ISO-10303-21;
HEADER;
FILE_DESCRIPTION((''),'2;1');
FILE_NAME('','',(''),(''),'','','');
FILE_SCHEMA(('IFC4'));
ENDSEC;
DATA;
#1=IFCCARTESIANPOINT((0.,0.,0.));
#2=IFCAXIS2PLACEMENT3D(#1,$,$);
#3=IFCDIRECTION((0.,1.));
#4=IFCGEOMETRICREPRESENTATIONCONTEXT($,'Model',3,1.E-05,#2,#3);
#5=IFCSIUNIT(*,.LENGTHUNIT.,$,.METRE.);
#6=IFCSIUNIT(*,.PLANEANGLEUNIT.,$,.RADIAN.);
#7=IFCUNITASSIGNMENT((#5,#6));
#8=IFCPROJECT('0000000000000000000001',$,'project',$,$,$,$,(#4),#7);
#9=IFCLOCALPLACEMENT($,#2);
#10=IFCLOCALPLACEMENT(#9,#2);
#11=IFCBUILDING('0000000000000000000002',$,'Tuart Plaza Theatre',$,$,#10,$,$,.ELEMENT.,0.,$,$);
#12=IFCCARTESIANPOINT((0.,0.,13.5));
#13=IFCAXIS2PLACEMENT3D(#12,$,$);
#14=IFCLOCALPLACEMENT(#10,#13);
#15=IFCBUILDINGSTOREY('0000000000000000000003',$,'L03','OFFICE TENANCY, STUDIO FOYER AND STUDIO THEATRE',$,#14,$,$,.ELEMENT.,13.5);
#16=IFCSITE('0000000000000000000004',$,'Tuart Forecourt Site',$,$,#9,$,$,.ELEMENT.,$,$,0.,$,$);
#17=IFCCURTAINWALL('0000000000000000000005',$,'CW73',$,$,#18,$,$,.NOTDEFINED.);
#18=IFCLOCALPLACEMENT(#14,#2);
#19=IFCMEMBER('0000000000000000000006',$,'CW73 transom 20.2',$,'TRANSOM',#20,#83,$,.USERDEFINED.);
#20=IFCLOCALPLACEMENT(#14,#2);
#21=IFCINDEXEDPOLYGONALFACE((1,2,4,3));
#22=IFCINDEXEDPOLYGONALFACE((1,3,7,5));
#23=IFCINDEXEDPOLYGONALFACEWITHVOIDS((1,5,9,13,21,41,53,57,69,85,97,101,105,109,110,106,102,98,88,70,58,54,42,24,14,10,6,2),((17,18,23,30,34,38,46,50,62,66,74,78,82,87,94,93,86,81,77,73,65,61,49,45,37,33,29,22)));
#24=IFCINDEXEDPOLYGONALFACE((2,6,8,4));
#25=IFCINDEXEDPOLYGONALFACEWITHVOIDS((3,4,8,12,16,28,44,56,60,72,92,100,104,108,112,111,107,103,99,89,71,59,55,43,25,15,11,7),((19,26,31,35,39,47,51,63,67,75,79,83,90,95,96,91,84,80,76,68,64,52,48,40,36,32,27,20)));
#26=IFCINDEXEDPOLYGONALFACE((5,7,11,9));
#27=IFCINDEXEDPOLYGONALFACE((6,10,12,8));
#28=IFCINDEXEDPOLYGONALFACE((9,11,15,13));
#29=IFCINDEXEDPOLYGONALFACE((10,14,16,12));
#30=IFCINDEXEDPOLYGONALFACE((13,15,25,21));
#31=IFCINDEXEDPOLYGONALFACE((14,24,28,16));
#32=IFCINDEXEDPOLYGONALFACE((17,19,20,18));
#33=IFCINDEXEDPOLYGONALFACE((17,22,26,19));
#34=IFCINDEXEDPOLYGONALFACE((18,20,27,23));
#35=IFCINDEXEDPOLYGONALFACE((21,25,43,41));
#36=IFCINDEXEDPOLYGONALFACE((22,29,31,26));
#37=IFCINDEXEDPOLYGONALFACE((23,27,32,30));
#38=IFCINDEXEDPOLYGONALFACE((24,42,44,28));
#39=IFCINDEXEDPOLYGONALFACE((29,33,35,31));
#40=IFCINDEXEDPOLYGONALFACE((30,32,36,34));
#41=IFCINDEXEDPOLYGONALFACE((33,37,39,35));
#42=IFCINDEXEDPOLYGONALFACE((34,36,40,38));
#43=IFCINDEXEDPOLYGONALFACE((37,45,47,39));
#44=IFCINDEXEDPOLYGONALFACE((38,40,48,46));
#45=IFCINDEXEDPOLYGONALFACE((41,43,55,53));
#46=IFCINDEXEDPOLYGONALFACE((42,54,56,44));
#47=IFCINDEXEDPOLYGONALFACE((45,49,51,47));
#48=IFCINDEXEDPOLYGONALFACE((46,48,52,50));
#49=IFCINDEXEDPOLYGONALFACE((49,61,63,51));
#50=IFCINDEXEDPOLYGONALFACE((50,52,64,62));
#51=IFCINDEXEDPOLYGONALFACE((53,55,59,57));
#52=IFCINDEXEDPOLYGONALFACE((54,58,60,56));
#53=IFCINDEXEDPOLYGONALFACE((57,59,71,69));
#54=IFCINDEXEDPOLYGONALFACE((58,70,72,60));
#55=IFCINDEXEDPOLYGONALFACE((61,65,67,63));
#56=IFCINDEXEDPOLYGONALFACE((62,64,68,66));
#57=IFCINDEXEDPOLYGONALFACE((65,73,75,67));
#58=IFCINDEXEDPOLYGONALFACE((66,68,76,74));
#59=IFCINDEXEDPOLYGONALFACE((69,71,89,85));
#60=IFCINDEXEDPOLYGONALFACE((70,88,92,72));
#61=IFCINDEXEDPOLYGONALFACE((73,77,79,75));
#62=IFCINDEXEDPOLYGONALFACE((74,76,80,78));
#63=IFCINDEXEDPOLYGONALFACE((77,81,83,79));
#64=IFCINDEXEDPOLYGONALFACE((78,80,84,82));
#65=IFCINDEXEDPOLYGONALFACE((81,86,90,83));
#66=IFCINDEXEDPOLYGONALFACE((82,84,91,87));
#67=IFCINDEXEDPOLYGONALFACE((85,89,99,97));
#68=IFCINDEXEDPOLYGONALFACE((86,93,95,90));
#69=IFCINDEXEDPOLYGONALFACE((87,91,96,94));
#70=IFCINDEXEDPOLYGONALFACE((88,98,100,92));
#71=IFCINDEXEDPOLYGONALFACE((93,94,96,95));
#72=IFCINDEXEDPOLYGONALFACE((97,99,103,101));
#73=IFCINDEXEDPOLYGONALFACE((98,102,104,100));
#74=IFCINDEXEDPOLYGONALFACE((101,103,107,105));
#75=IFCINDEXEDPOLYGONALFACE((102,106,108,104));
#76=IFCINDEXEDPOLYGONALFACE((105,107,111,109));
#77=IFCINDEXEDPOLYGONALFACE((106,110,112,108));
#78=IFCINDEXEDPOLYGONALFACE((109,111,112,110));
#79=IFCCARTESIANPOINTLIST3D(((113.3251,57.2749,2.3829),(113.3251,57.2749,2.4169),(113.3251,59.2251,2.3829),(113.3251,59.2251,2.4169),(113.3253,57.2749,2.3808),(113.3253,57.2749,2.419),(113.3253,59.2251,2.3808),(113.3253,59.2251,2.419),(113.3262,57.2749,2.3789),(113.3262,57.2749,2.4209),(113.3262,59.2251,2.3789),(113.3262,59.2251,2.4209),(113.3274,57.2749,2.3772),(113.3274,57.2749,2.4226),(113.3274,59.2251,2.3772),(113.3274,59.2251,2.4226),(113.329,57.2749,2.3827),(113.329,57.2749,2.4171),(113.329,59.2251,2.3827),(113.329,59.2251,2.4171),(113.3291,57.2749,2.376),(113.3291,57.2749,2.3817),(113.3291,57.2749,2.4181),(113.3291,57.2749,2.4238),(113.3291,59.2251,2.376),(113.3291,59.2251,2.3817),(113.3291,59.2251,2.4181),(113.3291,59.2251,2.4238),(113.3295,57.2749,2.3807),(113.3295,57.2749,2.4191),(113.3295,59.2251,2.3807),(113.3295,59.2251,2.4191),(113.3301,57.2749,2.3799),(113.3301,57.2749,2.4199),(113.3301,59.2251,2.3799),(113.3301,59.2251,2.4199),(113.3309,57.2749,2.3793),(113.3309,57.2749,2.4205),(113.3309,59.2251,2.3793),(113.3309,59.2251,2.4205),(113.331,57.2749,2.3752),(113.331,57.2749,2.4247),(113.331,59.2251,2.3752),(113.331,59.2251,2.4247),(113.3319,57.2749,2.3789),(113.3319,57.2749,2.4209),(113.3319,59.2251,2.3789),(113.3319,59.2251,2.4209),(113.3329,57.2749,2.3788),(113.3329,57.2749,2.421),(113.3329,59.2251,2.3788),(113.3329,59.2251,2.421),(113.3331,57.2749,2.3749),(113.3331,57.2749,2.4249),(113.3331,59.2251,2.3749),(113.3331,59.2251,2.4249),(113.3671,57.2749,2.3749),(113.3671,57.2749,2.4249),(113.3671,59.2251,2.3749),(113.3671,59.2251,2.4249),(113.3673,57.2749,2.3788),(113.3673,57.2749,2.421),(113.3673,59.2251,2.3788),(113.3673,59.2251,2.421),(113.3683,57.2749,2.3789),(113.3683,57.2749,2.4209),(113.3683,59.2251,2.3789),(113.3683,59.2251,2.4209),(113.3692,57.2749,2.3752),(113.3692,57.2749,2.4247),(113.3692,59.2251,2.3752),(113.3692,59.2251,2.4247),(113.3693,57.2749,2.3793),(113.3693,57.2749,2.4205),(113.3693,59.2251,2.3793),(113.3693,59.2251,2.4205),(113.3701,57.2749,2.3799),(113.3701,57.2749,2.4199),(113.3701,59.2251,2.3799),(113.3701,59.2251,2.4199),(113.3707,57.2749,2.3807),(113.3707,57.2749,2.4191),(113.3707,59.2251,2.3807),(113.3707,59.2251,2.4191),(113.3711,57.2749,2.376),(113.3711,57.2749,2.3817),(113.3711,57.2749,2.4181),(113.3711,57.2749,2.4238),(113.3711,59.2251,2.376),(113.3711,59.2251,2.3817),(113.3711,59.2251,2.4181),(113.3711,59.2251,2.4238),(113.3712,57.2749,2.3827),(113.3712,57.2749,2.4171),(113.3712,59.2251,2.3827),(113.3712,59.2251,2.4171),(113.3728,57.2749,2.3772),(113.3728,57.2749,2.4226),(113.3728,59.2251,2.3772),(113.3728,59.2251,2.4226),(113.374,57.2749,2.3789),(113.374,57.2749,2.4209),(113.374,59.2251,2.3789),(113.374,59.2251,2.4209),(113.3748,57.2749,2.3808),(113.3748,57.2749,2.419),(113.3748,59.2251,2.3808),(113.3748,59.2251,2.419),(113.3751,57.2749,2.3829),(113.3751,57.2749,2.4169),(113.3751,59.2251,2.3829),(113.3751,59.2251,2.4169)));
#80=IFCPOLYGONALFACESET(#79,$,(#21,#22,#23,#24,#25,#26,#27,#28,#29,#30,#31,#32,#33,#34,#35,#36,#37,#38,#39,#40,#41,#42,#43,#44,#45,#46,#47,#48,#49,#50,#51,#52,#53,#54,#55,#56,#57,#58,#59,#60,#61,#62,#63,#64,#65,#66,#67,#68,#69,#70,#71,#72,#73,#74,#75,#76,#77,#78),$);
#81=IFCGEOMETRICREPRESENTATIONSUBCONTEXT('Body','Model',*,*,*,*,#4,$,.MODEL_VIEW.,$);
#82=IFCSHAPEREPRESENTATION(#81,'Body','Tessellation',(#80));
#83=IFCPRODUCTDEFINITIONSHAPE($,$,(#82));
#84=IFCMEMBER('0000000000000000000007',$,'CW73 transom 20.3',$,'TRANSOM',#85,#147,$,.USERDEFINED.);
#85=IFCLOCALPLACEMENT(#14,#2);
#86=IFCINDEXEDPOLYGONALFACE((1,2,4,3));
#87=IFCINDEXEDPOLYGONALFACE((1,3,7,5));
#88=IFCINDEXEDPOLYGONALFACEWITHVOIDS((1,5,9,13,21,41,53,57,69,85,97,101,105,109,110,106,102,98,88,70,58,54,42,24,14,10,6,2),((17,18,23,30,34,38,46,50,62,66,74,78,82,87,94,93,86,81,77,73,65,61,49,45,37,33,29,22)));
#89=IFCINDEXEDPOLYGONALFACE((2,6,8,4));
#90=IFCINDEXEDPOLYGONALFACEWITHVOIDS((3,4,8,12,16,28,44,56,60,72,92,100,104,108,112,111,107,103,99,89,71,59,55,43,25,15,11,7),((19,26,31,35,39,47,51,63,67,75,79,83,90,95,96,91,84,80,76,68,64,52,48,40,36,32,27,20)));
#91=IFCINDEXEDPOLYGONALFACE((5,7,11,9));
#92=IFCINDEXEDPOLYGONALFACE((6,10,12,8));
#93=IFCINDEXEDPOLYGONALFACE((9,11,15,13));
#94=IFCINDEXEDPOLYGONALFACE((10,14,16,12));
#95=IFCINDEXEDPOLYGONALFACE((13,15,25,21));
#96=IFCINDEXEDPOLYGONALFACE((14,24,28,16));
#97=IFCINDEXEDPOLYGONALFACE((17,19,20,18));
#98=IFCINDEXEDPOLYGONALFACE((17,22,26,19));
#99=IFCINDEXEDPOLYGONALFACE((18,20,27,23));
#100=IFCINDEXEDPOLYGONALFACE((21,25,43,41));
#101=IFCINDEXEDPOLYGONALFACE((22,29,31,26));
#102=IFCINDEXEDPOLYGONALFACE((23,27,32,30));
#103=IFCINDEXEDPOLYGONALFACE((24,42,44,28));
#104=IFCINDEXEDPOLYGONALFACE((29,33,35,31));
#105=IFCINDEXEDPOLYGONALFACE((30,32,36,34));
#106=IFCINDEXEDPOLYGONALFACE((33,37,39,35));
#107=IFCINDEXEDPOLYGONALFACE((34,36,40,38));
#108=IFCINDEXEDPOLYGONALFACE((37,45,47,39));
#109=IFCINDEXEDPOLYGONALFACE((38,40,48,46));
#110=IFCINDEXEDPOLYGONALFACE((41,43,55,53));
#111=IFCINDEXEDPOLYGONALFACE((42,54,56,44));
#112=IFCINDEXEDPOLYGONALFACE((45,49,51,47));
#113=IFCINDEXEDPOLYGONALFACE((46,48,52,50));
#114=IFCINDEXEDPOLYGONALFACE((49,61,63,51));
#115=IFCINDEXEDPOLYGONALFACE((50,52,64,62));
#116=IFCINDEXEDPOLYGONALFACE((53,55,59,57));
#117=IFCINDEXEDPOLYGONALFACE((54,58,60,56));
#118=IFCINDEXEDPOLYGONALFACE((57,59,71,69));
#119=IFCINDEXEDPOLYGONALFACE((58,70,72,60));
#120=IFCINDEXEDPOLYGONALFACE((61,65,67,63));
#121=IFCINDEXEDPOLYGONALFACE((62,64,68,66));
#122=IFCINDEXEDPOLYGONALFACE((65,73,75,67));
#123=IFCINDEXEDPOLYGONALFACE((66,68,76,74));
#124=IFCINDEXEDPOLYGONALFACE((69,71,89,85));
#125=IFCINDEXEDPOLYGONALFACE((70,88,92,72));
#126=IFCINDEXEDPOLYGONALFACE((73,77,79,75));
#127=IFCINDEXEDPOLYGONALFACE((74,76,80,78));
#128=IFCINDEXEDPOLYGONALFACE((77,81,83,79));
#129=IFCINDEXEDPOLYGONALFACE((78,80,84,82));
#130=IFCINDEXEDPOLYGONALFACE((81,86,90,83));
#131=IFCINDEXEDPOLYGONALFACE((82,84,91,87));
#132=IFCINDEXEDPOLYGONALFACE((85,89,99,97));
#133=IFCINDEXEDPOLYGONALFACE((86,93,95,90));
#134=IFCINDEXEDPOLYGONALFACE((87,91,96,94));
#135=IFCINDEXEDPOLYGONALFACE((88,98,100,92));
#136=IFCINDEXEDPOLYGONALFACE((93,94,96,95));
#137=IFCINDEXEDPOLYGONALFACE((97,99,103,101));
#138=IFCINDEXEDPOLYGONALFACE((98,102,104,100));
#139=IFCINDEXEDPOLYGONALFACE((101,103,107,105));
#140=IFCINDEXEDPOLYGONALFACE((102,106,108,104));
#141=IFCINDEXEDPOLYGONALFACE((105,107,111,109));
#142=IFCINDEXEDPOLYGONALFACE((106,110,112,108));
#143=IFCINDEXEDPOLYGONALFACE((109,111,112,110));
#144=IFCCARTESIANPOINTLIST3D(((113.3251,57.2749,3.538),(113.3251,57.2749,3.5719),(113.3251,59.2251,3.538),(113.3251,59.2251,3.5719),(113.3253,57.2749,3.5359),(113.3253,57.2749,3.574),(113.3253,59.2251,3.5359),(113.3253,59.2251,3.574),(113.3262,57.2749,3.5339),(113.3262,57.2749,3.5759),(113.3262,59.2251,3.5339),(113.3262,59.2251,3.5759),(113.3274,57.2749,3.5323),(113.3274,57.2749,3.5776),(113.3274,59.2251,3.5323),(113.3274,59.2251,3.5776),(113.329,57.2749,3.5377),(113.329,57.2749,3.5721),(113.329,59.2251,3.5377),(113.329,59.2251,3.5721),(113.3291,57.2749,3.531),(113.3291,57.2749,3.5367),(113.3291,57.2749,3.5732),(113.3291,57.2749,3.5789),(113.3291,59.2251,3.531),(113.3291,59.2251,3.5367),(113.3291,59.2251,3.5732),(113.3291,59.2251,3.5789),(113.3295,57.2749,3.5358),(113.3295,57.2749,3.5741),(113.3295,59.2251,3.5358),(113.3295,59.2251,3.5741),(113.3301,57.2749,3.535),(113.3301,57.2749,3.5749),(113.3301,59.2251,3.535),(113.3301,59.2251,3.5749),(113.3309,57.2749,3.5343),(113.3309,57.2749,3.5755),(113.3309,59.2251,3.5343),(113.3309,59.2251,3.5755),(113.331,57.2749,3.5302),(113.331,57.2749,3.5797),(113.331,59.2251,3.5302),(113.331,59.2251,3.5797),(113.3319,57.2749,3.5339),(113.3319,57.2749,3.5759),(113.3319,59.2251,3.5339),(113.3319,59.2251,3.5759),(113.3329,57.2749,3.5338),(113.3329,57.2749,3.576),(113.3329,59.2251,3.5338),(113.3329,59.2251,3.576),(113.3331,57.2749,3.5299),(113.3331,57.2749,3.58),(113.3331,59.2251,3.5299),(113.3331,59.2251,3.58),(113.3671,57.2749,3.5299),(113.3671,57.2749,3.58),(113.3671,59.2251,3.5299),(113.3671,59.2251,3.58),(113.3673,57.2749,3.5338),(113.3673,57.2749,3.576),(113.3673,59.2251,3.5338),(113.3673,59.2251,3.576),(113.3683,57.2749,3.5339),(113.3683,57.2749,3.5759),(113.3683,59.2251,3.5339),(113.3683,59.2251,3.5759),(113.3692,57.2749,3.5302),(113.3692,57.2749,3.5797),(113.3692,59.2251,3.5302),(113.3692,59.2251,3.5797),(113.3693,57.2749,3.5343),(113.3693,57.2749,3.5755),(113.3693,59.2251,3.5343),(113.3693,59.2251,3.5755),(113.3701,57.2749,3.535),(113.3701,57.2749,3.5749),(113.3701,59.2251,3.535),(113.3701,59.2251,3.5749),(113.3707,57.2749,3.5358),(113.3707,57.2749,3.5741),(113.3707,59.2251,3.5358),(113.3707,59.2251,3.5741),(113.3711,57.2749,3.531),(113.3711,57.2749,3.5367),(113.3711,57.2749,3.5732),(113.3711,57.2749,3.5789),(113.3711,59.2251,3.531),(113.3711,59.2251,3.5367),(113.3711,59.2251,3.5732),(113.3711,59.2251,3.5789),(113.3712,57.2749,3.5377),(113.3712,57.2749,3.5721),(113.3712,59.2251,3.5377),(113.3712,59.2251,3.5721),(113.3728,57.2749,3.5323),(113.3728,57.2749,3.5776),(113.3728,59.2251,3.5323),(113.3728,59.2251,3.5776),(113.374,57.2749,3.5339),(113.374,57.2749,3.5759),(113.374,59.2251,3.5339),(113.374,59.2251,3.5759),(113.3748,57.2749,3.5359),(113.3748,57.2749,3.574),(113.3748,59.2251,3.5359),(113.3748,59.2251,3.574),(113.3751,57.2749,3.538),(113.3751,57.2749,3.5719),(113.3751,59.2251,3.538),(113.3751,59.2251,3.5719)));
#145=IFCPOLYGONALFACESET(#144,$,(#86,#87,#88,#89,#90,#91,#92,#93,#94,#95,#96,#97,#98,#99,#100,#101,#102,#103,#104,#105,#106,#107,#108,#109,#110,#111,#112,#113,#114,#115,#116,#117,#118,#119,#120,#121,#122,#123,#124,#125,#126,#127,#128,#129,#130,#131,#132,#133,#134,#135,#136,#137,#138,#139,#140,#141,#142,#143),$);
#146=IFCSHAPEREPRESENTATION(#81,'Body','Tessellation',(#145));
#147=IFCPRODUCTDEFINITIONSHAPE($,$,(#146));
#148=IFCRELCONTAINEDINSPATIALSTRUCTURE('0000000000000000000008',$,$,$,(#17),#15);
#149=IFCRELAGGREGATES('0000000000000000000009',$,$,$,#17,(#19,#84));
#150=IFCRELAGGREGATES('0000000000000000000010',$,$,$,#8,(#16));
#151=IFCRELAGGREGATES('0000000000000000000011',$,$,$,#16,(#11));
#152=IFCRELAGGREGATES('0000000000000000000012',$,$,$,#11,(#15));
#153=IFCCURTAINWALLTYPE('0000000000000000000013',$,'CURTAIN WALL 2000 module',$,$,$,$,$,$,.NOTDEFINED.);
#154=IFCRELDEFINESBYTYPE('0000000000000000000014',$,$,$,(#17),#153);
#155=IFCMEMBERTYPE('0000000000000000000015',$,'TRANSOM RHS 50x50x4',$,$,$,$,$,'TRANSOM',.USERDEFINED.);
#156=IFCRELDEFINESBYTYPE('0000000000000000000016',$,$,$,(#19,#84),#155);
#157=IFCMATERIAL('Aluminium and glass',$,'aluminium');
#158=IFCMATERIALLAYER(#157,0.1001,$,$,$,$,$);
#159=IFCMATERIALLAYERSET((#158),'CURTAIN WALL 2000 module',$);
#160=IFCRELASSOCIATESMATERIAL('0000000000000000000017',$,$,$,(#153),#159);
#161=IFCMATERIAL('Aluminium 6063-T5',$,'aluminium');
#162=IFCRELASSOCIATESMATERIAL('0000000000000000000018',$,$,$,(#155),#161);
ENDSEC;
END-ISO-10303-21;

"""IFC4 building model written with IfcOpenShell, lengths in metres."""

from ifc_helpers import new_model, si_unit, direction, frame, origin, origin_2d, place, context, subcontext, project, spatial, hollow_rectangle, extrude, material, layer, layer_set, material_profile, profile_set, type_object, element, aggregate, save


model = new_model("IFC4")

# Units and contexts
model_context = context("Model", 3, precision=1e-05, world=origin(), true_north=direction((0.0, 1.0)))
body_context = subcontext(model_context, "Body", "Model", "MODEL_VIEW")
ifc_project = project(units=[si_unit("LENGTHUNIT", "METRE"), si_unit("PLANEANGLEUNIT", "RADIAN")], contexts=[model_context])

# Site, building, storey
site_placement = place(None, origin())
site = spatial("IfcSite", under=ifc_project, at=site_placement, Name="Tuart Forecourt Site", CompositionType="ELEMENT", RefElevation=0.0)
building_placement = place(site_placement, origin())
building = spatial("IfcBuilding", under=site, at=building_placement, Name="Tuart Plaza Theatre", CompositionType="ELEMENT", ElevationOfRefHeight=0.0)
storey_placement = place(building_placement, frame((0.0, 0.0, 13.5)))
storey = spatial("IfcBuildingStorey", under=building, at=storey_placement, Name="L03", Description="OFFICE TENANCY, STUDIO FOYER AND STUDIO THEATRE", CompositionType="ELEMENT", Elevation=13.5)

# Curtain wall, members
ifc_material_1 = material(Name="Aluminium and glass", Category="aluminium")
ifc_layer_1 = layer(ifc_material_1, 0.1001)
ifc_layer_set_1 = layer_set([ifc_layer_1], Name="CURTAIN WALL 2000 module")
curtain_wall_type = type_object("IfcCurtainWallType", Name="CURTAIN WALL 2000 module", PredefinedType="NOTDEFINED", material=ifc_layer_set_1)
curtain_wall_placement = place(storey_placement, origin())
curtain_wall = element("IfcCurtainWall", 1, at=curtain_wall_placement, inside=storey, type_object=curtain_wall_type, Name="CW73", PredefinedType="NOTDEFINED")
ifc_material_2 = material(Name="Aluminium 6063-T5", Category="aluminium")
ifc_material_profile_1 = material_profile(ifc_material_2, hollow_rectangle(XDim=0.05, YDim=0.05, WallThickness=0.0039, InnerFilletRadius=0.0039, OuterFilletRadius=0.0081, at=origin_2d()), Name="RHS 50x50x4")
ifc_profile_set_1 = profile_set([ifc_material_profile_1], Name="Aluminium 6063-T5")
member_type_1 = type_object("IfcMemberType", Name="TRANSOM RHS 50x50x4", ElementType="TRANSOM", PredefinedType="USERDEFINED", material=ifc_profile_set_1)
member_1_placement = place(storey_placement, frame((113.3501, 59.2251, 2.3999), z_axis=(0.0, -1.0, 0.0), x_axis=(1.0, 0.0, 0.0)))
member_1 = element("IfcMember", 2, at=member_1_placement, type_object=member_type_1, Name="CW73 transom 20.2", ObjectType="TRANSOM", PredefinedType="USERDEFINED", context=body_context, shape_type="SweptSolid", body=[
    extrude(hollow_rectangle(XDim=0.05, YDim=0.05, WallThickness=0.0039, InnerFilletRadius=0.0039, OuterFilletRadius=0.0081, at=origin_2d()), origin(), (0.0, 0.0, 1.0), 1.9502),
])
member_2_placement = place(storey_placement, frame((113.3501, 59.2251, 3.5549), z_axis=(0.0, -1.0, 0.0), x_axis=(1.0, 0.0, 0.0)))
member_2 = element("IfcMember", 3, at=member_2_placement, type_object=member_type_1, Name="CW73 transom 20.3", ObjectType="TRANSOM", PredefinedType="USERDEFINED", context=body_context, shape_type="SweptSolid", body=[
    extrude(hollow_rectangle(XDim=0.05, YDim=0.05, WallThickness=0.0039, InnerFilletRadius=0.0039, OuterFilletRadius=0.0081, at=origin_2d()), origin(), (0.0, 0.0, 1.0), 1.9502),
])
aggregate(curtain_wall, [member_1, member_2])

save(model, "model.ifc")
